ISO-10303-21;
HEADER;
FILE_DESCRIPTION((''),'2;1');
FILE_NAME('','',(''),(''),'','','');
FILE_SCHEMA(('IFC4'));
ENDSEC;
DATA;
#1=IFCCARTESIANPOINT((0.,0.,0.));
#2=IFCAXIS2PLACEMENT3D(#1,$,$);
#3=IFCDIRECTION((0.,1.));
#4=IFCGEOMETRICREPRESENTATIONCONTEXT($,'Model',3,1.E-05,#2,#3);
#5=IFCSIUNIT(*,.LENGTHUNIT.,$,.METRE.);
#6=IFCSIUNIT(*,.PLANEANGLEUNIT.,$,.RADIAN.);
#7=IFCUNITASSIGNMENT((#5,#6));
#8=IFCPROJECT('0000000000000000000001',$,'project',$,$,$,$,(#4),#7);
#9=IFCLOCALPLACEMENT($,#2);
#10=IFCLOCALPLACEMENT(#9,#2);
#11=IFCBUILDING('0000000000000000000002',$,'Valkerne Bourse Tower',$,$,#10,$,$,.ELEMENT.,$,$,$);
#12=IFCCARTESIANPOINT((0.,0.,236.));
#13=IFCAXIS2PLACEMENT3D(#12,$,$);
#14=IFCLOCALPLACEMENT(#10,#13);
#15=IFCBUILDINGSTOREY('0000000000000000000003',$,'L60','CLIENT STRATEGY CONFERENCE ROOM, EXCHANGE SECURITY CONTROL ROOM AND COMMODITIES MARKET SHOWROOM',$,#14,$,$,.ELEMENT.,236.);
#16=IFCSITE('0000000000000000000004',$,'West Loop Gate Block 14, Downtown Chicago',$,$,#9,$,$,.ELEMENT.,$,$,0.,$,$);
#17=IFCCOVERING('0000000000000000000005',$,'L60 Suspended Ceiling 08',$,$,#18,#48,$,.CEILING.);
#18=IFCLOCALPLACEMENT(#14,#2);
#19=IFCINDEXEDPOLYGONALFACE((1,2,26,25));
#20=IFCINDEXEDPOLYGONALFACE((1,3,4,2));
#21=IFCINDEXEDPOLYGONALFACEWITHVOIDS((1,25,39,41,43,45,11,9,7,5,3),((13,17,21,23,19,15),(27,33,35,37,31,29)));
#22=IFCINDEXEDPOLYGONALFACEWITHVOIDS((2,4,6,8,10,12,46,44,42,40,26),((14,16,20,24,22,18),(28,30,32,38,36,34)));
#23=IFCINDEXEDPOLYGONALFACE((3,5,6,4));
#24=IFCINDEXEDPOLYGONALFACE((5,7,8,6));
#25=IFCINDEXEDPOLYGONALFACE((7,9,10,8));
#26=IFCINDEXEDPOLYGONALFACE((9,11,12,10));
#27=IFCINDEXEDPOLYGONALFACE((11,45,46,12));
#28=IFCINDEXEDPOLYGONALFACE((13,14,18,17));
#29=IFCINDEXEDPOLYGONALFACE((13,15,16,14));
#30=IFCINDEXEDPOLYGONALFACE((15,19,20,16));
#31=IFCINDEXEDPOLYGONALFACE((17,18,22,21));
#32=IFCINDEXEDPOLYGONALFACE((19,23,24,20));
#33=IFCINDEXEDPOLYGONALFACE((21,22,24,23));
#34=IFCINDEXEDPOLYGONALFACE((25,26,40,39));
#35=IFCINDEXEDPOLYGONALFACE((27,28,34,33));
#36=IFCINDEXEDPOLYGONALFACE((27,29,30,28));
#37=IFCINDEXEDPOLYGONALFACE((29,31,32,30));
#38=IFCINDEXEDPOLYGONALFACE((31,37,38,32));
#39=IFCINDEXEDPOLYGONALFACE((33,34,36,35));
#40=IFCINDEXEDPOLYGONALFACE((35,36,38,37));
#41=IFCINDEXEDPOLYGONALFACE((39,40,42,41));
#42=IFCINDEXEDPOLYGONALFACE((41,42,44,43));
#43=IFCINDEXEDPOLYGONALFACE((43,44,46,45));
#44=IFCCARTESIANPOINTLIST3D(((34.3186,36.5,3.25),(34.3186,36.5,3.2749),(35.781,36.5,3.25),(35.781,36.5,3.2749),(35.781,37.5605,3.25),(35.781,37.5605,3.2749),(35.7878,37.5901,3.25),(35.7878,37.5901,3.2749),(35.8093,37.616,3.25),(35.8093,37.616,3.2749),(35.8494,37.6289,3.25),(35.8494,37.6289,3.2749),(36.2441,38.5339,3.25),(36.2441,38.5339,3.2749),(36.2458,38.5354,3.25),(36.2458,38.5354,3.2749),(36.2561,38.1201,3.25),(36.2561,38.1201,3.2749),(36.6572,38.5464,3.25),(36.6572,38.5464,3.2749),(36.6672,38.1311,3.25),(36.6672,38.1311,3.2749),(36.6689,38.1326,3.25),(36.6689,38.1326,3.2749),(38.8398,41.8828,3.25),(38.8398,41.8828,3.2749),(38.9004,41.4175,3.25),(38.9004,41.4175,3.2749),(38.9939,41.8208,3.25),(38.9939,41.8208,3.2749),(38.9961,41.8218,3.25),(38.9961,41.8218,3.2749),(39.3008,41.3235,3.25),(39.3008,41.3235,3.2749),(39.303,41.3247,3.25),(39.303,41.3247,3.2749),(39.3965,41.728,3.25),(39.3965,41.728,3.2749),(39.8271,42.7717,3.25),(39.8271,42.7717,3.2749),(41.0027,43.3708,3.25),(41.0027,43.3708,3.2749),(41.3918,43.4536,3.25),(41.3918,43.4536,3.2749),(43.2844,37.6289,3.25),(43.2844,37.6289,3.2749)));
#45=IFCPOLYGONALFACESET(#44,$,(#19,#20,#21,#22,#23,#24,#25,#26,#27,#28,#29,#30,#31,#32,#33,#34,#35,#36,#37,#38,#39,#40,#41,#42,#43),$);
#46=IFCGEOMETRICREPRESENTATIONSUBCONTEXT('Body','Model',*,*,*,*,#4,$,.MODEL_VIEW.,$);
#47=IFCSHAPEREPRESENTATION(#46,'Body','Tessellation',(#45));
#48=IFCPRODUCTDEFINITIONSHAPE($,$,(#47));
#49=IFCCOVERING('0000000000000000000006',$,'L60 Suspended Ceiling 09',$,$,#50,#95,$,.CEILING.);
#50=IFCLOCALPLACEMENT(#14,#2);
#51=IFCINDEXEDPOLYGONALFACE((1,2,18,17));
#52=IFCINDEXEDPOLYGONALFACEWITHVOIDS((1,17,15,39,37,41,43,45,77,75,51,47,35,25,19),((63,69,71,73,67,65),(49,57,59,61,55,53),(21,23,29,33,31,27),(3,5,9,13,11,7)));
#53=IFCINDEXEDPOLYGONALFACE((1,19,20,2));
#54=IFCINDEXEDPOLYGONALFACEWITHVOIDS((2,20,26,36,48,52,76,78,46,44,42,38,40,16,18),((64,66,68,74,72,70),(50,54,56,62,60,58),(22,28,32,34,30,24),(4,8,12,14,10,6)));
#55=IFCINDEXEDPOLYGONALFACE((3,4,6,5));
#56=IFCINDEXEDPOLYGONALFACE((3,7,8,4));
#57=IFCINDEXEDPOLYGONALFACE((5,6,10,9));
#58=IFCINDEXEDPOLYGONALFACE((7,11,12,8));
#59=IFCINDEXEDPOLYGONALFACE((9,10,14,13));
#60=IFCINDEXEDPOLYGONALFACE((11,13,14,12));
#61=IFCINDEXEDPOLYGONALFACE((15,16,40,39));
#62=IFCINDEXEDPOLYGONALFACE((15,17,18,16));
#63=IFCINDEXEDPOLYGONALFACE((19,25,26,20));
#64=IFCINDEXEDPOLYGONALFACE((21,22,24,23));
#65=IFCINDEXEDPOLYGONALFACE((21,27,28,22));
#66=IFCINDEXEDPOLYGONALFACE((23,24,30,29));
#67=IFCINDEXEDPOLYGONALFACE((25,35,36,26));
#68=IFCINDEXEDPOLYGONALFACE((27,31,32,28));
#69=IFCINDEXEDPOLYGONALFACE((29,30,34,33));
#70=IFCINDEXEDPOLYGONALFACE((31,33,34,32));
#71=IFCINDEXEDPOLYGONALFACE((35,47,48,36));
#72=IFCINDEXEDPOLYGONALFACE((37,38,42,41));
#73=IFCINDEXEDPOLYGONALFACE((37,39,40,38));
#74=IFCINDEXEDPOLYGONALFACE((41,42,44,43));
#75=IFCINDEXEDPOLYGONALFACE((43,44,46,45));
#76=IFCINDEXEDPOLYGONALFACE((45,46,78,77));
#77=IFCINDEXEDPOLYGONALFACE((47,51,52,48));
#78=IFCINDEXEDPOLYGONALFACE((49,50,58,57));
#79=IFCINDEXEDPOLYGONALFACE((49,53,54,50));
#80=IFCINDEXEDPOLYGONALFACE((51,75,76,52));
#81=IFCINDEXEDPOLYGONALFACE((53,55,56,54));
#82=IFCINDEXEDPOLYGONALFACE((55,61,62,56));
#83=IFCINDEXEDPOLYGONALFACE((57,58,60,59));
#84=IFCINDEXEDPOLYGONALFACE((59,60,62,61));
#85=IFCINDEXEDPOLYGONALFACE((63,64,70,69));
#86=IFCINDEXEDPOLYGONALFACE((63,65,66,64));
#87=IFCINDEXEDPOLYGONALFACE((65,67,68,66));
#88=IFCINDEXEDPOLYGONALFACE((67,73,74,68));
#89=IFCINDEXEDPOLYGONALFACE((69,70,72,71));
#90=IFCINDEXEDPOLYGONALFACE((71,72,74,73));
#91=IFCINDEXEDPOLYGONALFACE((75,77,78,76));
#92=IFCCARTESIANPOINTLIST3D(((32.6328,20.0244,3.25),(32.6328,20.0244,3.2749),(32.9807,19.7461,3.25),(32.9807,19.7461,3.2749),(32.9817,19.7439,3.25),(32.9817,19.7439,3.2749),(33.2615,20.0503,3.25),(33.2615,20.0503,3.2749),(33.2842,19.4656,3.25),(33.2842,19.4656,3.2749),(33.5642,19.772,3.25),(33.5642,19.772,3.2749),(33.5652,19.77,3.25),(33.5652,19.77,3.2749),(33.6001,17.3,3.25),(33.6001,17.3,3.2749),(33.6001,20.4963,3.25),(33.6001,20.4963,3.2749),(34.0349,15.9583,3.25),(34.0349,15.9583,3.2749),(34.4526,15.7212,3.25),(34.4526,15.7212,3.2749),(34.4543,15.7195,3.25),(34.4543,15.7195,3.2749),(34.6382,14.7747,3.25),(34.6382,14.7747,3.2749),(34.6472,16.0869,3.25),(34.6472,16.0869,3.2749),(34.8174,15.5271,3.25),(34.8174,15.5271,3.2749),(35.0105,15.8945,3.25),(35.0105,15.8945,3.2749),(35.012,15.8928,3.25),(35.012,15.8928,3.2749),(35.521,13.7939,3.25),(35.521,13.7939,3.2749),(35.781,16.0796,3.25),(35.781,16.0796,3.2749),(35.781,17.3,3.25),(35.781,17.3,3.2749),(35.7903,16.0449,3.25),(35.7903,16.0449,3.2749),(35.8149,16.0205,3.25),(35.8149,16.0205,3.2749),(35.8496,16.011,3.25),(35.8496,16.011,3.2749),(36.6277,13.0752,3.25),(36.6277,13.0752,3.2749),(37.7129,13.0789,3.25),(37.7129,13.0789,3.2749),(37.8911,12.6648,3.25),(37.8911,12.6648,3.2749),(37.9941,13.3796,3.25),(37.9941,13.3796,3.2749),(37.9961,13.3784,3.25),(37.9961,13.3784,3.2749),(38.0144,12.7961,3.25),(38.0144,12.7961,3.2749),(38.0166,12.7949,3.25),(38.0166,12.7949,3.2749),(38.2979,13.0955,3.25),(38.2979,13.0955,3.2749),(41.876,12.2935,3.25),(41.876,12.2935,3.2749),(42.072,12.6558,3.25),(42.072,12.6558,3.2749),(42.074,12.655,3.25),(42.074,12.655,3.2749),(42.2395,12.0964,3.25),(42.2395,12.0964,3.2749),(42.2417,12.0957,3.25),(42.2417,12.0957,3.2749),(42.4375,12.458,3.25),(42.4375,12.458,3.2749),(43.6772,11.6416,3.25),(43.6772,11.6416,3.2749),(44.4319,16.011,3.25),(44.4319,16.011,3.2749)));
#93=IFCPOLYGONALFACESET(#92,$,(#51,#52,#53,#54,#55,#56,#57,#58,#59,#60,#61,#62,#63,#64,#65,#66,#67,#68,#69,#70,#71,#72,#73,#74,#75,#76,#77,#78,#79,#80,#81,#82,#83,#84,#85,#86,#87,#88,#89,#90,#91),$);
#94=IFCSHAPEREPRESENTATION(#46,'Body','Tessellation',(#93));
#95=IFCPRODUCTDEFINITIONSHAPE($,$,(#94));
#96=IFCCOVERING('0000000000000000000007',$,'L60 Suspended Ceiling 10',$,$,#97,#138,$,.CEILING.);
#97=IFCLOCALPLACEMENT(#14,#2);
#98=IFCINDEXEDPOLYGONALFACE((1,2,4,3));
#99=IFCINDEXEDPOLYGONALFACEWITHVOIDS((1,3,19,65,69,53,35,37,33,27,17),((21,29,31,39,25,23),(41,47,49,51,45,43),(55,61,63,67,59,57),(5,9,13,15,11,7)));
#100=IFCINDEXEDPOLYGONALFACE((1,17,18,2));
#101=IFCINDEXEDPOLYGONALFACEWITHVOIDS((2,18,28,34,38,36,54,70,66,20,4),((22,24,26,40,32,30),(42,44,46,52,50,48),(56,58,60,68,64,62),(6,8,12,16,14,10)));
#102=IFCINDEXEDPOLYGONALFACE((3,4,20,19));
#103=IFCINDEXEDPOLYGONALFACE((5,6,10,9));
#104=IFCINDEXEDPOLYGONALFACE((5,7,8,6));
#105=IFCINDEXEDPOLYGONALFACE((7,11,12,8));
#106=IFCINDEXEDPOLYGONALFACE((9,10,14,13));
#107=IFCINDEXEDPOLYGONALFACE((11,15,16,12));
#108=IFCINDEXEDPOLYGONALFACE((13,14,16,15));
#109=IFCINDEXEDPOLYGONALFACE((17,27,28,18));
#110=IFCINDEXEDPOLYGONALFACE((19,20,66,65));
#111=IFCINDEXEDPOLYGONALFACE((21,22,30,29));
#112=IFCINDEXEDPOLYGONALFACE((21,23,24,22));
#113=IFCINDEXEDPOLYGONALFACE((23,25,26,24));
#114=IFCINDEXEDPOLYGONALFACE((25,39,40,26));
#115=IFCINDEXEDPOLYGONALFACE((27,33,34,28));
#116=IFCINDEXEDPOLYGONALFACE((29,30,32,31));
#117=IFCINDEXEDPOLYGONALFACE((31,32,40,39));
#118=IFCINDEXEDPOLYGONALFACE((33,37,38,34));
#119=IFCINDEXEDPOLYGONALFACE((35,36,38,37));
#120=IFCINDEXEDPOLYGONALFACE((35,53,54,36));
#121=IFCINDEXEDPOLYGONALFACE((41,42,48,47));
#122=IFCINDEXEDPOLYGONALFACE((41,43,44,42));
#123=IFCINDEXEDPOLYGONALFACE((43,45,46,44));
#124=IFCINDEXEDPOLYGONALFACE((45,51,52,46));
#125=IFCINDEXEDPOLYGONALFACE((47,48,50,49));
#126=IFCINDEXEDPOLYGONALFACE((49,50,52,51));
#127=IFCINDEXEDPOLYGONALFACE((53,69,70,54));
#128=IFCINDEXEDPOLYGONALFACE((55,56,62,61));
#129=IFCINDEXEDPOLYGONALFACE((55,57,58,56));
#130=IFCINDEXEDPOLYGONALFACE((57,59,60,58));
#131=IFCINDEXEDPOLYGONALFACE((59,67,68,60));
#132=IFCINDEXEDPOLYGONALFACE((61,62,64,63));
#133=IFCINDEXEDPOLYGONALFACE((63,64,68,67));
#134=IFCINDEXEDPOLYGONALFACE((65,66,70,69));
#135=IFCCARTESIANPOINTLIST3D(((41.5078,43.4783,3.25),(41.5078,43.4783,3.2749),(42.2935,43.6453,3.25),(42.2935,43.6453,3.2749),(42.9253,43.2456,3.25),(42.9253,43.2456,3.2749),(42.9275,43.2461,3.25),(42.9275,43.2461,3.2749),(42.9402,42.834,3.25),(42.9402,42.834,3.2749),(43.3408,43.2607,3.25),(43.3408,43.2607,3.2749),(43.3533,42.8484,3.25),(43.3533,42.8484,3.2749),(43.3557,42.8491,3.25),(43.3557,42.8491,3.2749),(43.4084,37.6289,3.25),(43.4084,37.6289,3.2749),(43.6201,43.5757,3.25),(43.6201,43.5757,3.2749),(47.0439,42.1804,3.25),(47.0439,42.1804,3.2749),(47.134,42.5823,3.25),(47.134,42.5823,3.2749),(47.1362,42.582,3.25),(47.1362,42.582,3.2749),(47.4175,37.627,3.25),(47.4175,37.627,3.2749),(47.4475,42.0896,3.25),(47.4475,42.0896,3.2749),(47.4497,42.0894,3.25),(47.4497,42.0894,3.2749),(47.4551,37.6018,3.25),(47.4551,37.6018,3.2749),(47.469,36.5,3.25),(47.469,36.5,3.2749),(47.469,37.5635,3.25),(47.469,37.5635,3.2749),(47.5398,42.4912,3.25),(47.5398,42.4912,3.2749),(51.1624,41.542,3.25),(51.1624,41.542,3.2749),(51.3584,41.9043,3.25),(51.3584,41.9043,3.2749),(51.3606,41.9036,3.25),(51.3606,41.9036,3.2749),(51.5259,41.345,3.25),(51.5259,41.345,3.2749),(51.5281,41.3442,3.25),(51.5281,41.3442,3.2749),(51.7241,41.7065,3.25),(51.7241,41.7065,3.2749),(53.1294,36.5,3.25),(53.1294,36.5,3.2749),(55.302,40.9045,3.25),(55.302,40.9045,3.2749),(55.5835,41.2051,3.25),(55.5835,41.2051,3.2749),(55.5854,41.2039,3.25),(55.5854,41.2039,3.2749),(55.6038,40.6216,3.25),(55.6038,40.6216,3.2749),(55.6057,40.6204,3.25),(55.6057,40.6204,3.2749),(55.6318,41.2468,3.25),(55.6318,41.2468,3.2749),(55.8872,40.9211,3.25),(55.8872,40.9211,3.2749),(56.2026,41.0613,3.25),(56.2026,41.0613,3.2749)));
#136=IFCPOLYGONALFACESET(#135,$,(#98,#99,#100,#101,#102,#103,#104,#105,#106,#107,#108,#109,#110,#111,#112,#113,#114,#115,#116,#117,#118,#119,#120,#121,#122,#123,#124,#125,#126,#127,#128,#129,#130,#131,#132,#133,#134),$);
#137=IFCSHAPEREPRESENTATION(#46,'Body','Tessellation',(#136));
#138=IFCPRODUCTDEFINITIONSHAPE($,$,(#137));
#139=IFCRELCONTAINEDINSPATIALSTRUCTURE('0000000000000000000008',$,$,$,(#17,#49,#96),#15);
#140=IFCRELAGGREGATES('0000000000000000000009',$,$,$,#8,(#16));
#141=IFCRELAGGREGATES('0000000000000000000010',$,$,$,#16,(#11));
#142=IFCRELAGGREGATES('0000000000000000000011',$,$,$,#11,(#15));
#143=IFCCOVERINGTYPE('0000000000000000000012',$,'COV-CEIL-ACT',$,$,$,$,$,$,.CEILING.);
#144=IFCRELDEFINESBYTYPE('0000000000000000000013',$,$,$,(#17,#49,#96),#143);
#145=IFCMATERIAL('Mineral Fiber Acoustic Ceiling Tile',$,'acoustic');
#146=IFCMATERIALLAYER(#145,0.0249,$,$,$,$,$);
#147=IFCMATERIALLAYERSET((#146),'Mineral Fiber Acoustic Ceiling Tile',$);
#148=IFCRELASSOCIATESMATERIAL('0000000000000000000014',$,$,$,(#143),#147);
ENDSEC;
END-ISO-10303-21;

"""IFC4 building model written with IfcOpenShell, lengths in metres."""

from ifc_helpers import new_model, si_unit, direction, frame, origin, place, context, subcontext, project, spatial, polyline, outline, extrude, material, layer, layer_set, type_object, element, save


model = new_model("IFC4")

# Units and contexts
model_context = context("Model", 3, precision=1e-05, world=origin(), true_north=direction((0.0, 1.0)))
body_context = subcontext(model_context, "Body", "Model", "MODEL_VIEW")
ifc_project = project(units=[si_unit("LENGTHUNIT", "METRE"), si_unit("PLANEANGLEUNIT", "RADIAN")], contexts=[model_context])

# Site, building, storey
site_placement = place(None, origin())
site = spatial("IfcSite", under=ifc_project, at=site_placement, Name="West Loop Gate Block 14, Downtown Chicago", CompositionType="ELEMENT", RefElevation=0.0)
building_placement = place(site_placement, origin())
building = spatial("IfcBuilding", under=site, at=building_placement, Name="Valkerne Bourse Tower", CompositionType="ELEMENT")
storey_placement = place(building_placement, frame((0.0, 0.0, 236.0)))
storey = spatial("IfcBuildingStorey", under=building, at=storey_placement, Name="L60", Description="CLIENT STRATEGY CONFERENCE ROOM, EXCHANGE SECURITY CONTROL ROOM AND COMMODITIES MARKET SHOWROOM", CompositionType="ELEMENT", Elevation=236.0)

# Coverings
ifc_material_1 = material(Name="Mineral Fiber Acoustic Ceiling Tile", Category="acoustic")
ifc_layer_1 = layer(ifc_material_1, 0.0249)
ifc_layer_set_1 = layer_set([ifc_layer_1], Name="Mineral Fiber Acoustic Ceiling Tile")
covering_type_1 = type_object("IfcCoveringType", Name="COV-CEIL-ACT", PredefinedType="CEILING", material=ifc_layer_set_1)
covering_1_placement = place(storey_placement, frame((0.0, 0.0, 3.25)))
element("IfcCovering", 1, at=covering_1_placement, inside=storey, type_object=covering_type_1, Name="L60 Suspended Ceiling 08", PredefinedType="CEILING", context=body_context, shape_type="SweptSolid", body=[
    extrude(outline(polyline([(41.0027, 43.3708), (41.3918, 43.4536), (43.2844, 37.6289), (35.8494, 37.6289), (35.8093, 37.616), (35.7878, 37.5901), (35.781, 37.5605), (35.781, 36.5), (34.3186, 36.5), (38.8398, 41.8828), (39.8271, 42.7717), (41.0027, 43.3708)]), holes=[polyline([(36.6672, 38.1311), (36.6689, 38.1326), (36.6572, 38.5464), (36.2458, 38.5354), (36.2441, 38.5339), (36.2561, 38.1201), (36.6672, 38.1311)]), polyline([(39.303, 41.3247), (39.3965, 41.728), (38.9961, 41.8218), (38.9939, 41.8208), (38.9004, 41.4175), (39.3008, 41.3235), (39.303, 41.3247)])]), origin(), (0.0, 0.0, 1.0), 0.0249),
])
covering_2_placement = place(storey_placement, frame((0.0, 0.0, 3.25)))
element("IfcCovering", 2, at=covering_2_placement, inside=storey, type_object=covering_type_1, Name="L60 Suspended Ceiling 09", PredefinedType="CEILING", context=body_context, shape_type="SweptSolid", body=[
    extrude(outline(polyline([(35.521, 13.7939), (34.6382, 14.7747), (34.0349, 15.9583), (32.6328, 20.0244), (33.6001, 20.4963), (33.6001, 17.3), (35.781, 17.3), (35.781, 16.0796), (35.7903, 16.0449), (35.8149, 16.0205), (35.8496, 16.011), (44.4319, 16.011), (43.6772, 11.6416), (37.8911, 12.6648), (36.6277, 13.0752), (35.521, 13.7939)]), holes=[polyline([(42.074, 12.655), (42.072, 12.6558), (41.876, 12.2935), (42.2395, 12.0964), (42.2417, 12.0957), (42.4375, 12.458), (42.074, 12.655)]), polyline([(37.9961, 13.3784), (37.9941, 13.3796), (37.7129, 13.0789), (38.0144, 12.7961), (38.0166, 12.7949), (38.2979, 13.0955), (37.9961, 13.3784)]), polyline([(35.0105, 15.8945), (34.6472, 16.0869), (34.4526, 15.7212), (34.4543, 15.7195), (34.8174, 15.5271), (35.012, 15.8928), (35.0105, 15.8945)]), polyline([(33.5642, 19.772), (33.2615, 20.0503), (32.9807, 19.7461), (32.9817, 19.7439), (33.2842, 19.4656), (33.5652, 19.77), (33.5642, 19.772)])]), origin(), (0.0, 0.0, 1.0), 0.0249),
])
covering_3_placement = place(storey_placement, frame((0.0, 0.0, 3.25)))
element("IfcCovering", 3, at=covering_3_placement, inside=storey, type_object=covering_type_1, Name="L60 Suspended Ceiling 10", PredefinedType="CEILING", context=body_context, shape_type="SweptSolid", body=[
    extrude(outline(polyline([(55.6318, 41.2468), (56.2026, 41.0613), (53.1294, 36.5), (47.469, 36.5), (47.469, 37.5635), (47.4551, 37.6018), (47.4175, 37.627), (43.4084, 37.6289), (41.5078, 43.4783), (42.2935, 43.6453), (43.6201, 43.5757), (55.6318, 41.2468)]), holes=[polyline([(43.3557, 42.8491), (43.3408, 43.2607), (42.9275, 43.2461), (42.9253, 43.2456), (42.9402, 42.834), (43.3533, 42.8484), (43.3557, 42.8491)]), polyline([(55.5854, 41.2039), (55.5835, 41.2051), (55.302, 40.9045), (55.6038, 40.6216), (55.6057, 40.6204), (55.8872, 40.9211), (55.5854, 41.2039)]), polyline([(51.3606, 41.9036), (51.3584, 41.9043), (51.1624, 41.542), (51.5259, 41.345), (51.5281, 41.3442), (51.7241, 41.7065), (51.3606, 41.9036)]), polyline([(47.5398, 42.4912), (47.1362, 42.582), (47.134, 42.5823), (47.0439, 42.1804), (47.4475, 42.0896), (47.4497, 42.0894), (47.5398, 42.4912)])]), origin(), (0.0, 0.0, 1.0), 0.0249),
])

save(model, "model.ifc")
